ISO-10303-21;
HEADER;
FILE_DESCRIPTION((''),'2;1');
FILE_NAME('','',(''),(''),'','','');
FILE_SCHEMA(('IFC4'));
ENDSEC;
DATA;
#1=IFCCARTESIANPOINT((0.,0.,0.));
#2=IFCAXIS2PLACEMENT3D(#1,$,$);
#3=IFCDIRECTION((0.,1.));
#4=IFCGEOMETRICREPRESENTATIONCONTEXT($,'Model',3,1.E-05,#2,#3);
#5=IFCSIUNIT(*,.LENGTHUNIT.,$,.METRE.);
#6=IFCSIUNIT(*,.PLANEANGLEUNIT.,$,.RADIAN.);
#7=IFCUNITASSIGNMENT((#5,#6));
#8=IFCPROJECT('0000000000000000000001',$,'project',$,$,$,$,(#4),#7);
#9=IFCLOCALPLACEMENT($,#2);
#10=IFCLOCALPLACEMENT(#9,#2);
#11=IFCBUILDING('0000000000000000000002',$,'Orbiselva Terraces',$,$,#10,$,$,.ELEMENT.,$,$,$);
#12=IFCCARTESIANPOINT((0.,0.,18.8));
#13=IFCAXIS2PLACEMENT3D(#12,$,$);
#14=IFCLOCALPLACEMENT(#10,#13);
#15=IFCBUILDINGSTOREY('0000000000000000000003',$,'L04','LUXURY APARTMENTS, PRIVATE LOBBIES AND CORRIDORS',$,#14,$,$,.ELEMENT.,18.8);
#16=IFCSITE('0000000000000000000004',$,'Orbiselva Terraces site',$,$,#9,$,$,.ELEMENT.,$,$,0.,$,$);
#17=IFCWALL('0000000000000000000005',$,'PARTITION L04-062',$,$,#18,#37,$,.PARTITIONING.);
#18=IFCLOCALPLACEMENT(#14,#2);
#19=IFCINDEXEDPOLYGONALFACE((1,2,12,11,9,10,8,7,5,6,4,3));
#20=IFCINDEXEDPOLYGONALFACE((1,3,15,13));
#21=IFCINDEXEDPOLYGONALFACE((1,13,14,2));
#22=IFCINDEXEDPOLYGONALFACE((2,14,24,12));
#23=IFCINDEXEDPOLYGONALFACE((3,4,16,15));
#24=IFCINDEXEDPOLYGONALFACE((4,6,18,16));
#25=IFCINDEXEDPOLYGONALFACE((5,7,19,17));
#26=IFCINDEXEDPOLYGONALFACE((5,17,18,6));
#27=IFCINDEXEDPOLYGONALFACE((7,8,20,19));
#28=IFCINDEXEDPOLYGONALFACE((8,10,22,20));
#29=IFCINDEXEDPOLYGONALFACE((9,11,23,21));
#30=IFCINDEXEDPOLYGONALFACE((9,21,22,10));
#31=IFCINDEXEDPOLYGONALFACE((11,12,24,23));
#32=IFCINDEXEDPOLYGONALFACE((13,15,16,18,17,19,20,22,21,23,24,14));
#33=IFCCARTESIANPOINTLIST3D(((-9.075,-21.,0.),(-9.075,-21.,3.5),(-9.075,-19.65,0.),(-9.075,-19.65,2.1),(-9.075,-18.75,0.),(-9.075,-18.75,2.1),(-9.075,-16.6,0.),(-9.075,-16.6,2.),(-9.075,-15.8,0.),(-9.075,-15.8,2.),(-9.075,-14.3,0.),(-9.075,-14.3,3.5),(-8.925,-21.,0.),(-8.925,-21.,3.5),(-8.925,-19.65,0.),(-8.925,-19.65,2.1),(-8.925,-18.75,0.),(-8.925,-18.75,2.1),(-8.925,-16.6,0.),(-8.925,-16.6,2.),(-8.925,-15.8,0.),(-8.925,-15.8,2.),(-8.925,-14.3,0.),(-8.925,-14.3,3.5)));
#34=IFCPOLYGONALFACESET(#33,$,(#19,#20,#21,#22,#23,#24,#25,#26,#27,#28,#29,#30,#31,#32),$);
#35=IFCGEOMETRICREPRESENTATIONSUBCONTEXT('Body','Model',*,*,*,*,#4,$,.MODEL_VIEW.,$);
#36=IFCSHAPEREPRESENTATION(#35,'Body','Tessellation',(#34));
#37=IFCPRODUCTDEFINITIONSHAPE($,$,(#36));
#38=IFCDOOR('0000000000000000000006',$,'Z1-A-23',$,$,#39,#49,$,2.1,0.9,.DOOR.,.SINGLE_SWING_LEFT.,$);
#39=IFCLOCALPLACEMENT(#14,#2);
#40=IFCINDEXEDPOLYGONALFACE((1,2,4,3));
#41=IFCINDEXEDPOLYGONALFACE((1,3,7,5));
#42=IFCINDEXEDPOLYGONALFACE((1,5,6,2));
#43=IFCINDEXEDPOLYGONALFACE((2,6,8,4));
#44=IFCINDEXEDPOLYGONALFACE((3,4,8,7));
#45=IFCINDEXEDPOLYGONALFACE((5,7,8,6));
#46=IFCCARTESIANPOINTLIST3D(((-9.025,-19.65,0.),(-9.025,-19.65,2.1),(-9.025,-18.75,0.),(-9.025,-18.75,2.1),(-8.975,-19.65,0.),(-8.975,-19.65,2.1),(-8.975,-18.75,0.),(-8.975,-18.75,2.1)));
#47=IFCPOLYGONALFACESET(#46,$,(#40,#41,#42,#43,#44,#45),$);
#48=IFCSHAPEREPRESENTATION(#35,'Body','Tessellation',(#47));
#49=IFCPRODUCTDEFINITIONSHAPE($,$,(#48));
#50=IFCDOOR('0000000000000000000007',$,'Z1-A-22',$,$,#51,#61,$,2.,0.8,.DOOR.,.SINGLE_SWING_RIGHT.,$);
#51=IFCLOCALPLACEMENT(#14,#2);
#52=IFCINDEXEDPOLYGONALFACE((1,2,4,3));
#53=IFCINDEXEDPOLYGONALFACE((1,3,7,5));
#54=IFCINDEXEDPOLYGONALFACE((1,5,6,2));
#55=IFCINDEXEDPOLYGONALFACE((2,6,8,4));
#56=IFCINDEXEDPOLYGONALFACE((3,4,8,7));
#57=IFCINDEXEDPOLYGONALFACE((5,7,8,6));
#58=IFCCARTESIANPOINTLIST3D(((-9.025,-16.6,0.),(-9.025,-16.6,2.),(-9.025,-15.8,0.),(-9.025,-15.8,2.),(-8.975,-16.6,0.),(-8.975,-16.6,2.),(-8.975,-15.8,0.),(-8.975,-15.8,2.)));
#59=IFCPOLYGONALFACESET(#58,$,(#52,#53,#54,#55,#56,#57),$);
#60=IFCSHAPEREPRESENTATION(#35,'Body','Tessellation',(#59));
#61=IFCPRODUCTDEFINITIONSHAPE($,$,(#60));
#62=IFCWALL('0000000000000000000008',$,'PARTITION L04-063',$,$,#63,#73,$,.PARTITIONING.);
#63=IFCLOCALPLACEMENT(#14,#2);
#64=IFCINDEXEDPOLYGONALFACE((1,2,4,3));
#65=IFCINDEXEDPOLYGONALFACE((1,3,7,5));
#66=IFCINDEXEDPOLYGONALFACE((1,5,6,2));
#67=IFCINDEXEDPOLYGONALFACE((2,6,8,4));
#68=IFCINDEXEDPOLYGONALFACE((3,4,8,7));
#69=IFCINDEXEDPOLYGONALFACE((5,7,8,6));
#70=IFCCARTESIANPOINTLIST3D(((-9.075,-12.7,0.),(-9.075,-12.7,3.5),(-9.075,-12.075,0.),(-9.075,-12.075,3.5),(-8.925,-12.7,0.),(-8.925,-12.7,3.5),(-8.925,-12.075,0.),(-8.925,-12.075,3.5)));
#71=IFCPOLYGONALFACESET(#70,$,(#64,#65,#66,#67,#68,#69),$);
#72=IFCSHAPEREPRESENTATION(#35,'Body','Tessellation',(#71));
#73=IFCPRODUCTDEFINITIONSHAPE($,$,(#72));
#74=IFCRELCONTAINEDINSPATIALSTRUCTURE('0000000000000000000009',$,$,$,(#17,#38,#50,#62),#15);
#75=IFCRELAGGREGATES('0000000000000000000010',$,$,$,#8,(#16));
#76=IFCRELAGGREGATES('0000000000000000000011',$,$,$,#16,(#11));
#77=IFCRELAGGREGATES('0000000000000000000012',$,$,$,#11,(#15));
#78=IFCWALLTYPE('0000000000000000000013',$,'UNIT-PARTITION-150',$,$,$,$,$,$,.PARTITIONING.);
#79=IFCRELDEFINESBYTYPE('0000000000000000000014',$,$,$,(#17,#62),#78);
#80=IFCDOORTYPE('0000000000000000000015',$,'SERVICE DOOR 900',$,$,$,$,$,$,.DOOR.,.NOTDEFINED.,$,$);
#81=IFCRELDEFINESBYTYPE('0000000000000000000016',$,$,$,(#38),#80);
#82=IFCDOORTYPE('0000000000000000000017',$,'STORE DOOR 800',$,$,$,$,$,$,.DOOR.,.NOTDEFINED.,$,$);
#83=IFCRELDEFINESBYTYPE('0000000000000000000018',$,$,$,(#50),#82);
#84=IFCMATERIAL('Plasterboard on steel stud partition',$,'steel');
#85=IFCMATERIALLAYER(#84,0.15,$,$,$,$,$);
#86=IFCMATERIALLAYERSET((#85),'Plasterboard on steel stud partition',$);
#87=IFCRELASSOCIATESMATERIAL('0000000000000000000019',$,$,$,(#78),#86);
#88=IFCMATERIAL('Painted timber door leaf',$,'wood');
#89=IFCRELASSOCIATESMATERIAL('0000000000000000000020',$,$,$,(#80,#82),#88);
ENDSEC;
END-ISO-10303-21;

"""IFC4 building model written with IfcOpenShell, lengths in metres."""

from ifc_helpers import new_model, si_unit, direction, frame, frame_2d, origin, place, context, subcontext, project, spatial, rectangle, extrude, material, layer, layer_set, type_object, element, fill, save


model = new_model("IFC4")

# Units and contexts
model_context = context("Model", 3, precision=1e-05, world=origin(), true_north=direction((0.0, 1.0)))
body_context = subcontext(model_context, "Body", "Model", "MODEL_VIEW")
ifc_project = project(units=[si_unit("LENGTHUNIT", "METRE"), si_unit("PLANEANGLEUNIT", "RADIAN")], contexts=[model_context])

# Site, building, storey
site_placement = place(None, origin())
site = spatial("IfcSite", under=ifc_project, at=site_placement, Name="Orbiselva Terraces site", CompositionType="ELEMENT", RefElevation=0.0)
building_placement = place(site_placement, origin())
building = spatial("IfcBuilding", under=site, at=building_placement, Name="Orbiselva Terraces", CompositionType="ELEMENT")
storey_placement = place(building_placement, frame((0.0, 0.0, 18.8)))
storey = spatial("IfcBuildingStorey", under=building, at=storey_placement, Name="L04", Description="LUXURY APARTMENTS, PRIVATE LOBBIES AND CORRIDORS", CompositionType="ELEMENT", Elevation=18.8)

# Shared definitions
ifc_material_1 = material(Name="Plasterboard on steel stud partition", Category="steel")
ifc_material_2 = material(Name="Painted timber door leaf", Category="wood")

# Shared definitions
ifc_layer_1 = layer(ifc_material_1, 0.15)
ifc_layer_set_1 = layer_set([ifc_layer_1], Name="Plasterboard on steel stud partition")
wall_type_1 = type_object("IfcWallType", Name="UNIT-PARTITION-150", PredefinedType="PARTITIONING", material=ifc_layer_set_1)

# Wall, openings, doors
wall_1_placement = place(storey_placement, frame((-9.0, -21.0, 0.0), z_axis=(0.0, 0.0, 1.0), x_axis=(0.0, 1.0, 0.0)))
wall_1 = element("IfcWall", 1, at=wall_1_placement, inside=storey, type_object=wall_type_1, Name="PARTITION L04-062", PredefinedType="PARTITIONING", context=body_context, shape_type="SweptSolid", body=[
    extrude(rectangle(XDim=6.7, YDim=0.15, at=frame_2d((3.35, 0.0))), origin(), (0.0, 0.0, 1.0), 3.5),
])
opening_1_placement = place(wall_1_placement, frame((4.4, 0.0, 0.0)))
opening_1 = element("IfcOpeningElement", 2, at=opening_1_placement, cuts=wall_1, PredefinedType="OPENING", context=body_context, shape_type="SweptSolid", body=[
    extrude(rectangle(XDim=0.8, YDim=2.0, at=frame_2d((0.4, 1.0))), frame((0.0, 0.085, 0.0), z_axis=(0.0, -1.0, 0.0), x_axis=(1.0, 0.0, 0.0)), (0.0, 0.0, 1.0), 0.17),
])
opening_2_placement = place(wall_1_placement, frame((1.35, 0.0, 0.0)))
opening_2 = element("IfcOpeningElement", 3, at=opening_2_placement, cuts=wall_1, PredefinedType="OPENING", context=body_context, shape_type="SweptSolid", body=[
    extrude(rectangle(XDim=0.9, YDim=2.1, at=frame_2d((0.45, 1.05))), frame((0.0, 0.085, 0.0), z_axis=(0.0, -1.0, 0.0), x_axis=(1.0, 0.0, 0.0)), (0.0, 0.0, 1.0), 0.17),
])
door_type_1 = type_object("IfcDoorType", Name="SERVICE DOOR 900", OperationType="NOTDEFINED", PredefinedType="DOOR", material=ifc_material_2)
door_1_placement = place(opening_2_placement, origin())
door_1 = element("IfcDoor", 4, at=door_1_placement, inside=storey, type_object=door_type_1, Name="Z1-A-23", OperationType="SINGLE_SWING_LEFT", OverallHeight=2.1, OverallWidth=0.9, PredefinedType="DOOR", context=body_context, shape_type="SweptSolid", body=[
    extrude(rectangle(XDim=0.9, YDim=2.1, at=frame_2d((0.45, 1.05))), frame((0.0, 0.025, 0.0), z_axis=(0.0, -1.0, 0.0), x_axis=(1.0, 0.0, 0.0)), (0.0, 0.0, 1.0), 0.05),
])
fill(opening_2, door_1)
door_type_2 = type_object("IfcDoorType", Name="STORE DOOR 800", OperationType="NOTDEFINED", PredefinedType="DOOR", material=ifc_material_2)
door_2_placement = place(opening_1_placement, origin())
door_2 = element("IfcDoor", 5, at=door_2_placement, inside=storey, type_object=door_type_2, Name="Z1-A-22", OperationType="SINGLE_SWING_RIGHT", OverallHeight=2.0, OverallWidth=0.8, PredefinedType="DOOR", context=body_context, shape_type="SweptSolid", body=[
    extrude(rectangle(XDim=0.8, YDim=2.0, at=frame_2d((0.4, 1.0))), frame((0.0, 0.025, 0.0), z_axis=(0.0, -1.0, 0.0), x_axis=(1.0, 0.0, 0.0)), (0.0, 0.0, 1.0), 0.05),
])
fill(opening_1, door_2)

# Wall
wall_2_placement = place(storey_placement, frame((-9.0, -12.7, 0.0), z_axis=(0.0, 0.0, 1.0), x_axis=(0.0, 1.0, 0.0)))
element("IfcWall", 6, at=wall_2_placement, inside=storey, type_object=wall_type_1, Name="PARTITION L04-063", PredefinedType="PARTITIONING", context=body_context, shape_type="SweptSolid", body=[
    extrude(rectangle(XDim=0.625, YDim=0.15, at=frame_2d((0.3125, 0.0))), origin(), (0.0, 0.0, 1.0), 3.5),
])

save(model, "model.ifc")
